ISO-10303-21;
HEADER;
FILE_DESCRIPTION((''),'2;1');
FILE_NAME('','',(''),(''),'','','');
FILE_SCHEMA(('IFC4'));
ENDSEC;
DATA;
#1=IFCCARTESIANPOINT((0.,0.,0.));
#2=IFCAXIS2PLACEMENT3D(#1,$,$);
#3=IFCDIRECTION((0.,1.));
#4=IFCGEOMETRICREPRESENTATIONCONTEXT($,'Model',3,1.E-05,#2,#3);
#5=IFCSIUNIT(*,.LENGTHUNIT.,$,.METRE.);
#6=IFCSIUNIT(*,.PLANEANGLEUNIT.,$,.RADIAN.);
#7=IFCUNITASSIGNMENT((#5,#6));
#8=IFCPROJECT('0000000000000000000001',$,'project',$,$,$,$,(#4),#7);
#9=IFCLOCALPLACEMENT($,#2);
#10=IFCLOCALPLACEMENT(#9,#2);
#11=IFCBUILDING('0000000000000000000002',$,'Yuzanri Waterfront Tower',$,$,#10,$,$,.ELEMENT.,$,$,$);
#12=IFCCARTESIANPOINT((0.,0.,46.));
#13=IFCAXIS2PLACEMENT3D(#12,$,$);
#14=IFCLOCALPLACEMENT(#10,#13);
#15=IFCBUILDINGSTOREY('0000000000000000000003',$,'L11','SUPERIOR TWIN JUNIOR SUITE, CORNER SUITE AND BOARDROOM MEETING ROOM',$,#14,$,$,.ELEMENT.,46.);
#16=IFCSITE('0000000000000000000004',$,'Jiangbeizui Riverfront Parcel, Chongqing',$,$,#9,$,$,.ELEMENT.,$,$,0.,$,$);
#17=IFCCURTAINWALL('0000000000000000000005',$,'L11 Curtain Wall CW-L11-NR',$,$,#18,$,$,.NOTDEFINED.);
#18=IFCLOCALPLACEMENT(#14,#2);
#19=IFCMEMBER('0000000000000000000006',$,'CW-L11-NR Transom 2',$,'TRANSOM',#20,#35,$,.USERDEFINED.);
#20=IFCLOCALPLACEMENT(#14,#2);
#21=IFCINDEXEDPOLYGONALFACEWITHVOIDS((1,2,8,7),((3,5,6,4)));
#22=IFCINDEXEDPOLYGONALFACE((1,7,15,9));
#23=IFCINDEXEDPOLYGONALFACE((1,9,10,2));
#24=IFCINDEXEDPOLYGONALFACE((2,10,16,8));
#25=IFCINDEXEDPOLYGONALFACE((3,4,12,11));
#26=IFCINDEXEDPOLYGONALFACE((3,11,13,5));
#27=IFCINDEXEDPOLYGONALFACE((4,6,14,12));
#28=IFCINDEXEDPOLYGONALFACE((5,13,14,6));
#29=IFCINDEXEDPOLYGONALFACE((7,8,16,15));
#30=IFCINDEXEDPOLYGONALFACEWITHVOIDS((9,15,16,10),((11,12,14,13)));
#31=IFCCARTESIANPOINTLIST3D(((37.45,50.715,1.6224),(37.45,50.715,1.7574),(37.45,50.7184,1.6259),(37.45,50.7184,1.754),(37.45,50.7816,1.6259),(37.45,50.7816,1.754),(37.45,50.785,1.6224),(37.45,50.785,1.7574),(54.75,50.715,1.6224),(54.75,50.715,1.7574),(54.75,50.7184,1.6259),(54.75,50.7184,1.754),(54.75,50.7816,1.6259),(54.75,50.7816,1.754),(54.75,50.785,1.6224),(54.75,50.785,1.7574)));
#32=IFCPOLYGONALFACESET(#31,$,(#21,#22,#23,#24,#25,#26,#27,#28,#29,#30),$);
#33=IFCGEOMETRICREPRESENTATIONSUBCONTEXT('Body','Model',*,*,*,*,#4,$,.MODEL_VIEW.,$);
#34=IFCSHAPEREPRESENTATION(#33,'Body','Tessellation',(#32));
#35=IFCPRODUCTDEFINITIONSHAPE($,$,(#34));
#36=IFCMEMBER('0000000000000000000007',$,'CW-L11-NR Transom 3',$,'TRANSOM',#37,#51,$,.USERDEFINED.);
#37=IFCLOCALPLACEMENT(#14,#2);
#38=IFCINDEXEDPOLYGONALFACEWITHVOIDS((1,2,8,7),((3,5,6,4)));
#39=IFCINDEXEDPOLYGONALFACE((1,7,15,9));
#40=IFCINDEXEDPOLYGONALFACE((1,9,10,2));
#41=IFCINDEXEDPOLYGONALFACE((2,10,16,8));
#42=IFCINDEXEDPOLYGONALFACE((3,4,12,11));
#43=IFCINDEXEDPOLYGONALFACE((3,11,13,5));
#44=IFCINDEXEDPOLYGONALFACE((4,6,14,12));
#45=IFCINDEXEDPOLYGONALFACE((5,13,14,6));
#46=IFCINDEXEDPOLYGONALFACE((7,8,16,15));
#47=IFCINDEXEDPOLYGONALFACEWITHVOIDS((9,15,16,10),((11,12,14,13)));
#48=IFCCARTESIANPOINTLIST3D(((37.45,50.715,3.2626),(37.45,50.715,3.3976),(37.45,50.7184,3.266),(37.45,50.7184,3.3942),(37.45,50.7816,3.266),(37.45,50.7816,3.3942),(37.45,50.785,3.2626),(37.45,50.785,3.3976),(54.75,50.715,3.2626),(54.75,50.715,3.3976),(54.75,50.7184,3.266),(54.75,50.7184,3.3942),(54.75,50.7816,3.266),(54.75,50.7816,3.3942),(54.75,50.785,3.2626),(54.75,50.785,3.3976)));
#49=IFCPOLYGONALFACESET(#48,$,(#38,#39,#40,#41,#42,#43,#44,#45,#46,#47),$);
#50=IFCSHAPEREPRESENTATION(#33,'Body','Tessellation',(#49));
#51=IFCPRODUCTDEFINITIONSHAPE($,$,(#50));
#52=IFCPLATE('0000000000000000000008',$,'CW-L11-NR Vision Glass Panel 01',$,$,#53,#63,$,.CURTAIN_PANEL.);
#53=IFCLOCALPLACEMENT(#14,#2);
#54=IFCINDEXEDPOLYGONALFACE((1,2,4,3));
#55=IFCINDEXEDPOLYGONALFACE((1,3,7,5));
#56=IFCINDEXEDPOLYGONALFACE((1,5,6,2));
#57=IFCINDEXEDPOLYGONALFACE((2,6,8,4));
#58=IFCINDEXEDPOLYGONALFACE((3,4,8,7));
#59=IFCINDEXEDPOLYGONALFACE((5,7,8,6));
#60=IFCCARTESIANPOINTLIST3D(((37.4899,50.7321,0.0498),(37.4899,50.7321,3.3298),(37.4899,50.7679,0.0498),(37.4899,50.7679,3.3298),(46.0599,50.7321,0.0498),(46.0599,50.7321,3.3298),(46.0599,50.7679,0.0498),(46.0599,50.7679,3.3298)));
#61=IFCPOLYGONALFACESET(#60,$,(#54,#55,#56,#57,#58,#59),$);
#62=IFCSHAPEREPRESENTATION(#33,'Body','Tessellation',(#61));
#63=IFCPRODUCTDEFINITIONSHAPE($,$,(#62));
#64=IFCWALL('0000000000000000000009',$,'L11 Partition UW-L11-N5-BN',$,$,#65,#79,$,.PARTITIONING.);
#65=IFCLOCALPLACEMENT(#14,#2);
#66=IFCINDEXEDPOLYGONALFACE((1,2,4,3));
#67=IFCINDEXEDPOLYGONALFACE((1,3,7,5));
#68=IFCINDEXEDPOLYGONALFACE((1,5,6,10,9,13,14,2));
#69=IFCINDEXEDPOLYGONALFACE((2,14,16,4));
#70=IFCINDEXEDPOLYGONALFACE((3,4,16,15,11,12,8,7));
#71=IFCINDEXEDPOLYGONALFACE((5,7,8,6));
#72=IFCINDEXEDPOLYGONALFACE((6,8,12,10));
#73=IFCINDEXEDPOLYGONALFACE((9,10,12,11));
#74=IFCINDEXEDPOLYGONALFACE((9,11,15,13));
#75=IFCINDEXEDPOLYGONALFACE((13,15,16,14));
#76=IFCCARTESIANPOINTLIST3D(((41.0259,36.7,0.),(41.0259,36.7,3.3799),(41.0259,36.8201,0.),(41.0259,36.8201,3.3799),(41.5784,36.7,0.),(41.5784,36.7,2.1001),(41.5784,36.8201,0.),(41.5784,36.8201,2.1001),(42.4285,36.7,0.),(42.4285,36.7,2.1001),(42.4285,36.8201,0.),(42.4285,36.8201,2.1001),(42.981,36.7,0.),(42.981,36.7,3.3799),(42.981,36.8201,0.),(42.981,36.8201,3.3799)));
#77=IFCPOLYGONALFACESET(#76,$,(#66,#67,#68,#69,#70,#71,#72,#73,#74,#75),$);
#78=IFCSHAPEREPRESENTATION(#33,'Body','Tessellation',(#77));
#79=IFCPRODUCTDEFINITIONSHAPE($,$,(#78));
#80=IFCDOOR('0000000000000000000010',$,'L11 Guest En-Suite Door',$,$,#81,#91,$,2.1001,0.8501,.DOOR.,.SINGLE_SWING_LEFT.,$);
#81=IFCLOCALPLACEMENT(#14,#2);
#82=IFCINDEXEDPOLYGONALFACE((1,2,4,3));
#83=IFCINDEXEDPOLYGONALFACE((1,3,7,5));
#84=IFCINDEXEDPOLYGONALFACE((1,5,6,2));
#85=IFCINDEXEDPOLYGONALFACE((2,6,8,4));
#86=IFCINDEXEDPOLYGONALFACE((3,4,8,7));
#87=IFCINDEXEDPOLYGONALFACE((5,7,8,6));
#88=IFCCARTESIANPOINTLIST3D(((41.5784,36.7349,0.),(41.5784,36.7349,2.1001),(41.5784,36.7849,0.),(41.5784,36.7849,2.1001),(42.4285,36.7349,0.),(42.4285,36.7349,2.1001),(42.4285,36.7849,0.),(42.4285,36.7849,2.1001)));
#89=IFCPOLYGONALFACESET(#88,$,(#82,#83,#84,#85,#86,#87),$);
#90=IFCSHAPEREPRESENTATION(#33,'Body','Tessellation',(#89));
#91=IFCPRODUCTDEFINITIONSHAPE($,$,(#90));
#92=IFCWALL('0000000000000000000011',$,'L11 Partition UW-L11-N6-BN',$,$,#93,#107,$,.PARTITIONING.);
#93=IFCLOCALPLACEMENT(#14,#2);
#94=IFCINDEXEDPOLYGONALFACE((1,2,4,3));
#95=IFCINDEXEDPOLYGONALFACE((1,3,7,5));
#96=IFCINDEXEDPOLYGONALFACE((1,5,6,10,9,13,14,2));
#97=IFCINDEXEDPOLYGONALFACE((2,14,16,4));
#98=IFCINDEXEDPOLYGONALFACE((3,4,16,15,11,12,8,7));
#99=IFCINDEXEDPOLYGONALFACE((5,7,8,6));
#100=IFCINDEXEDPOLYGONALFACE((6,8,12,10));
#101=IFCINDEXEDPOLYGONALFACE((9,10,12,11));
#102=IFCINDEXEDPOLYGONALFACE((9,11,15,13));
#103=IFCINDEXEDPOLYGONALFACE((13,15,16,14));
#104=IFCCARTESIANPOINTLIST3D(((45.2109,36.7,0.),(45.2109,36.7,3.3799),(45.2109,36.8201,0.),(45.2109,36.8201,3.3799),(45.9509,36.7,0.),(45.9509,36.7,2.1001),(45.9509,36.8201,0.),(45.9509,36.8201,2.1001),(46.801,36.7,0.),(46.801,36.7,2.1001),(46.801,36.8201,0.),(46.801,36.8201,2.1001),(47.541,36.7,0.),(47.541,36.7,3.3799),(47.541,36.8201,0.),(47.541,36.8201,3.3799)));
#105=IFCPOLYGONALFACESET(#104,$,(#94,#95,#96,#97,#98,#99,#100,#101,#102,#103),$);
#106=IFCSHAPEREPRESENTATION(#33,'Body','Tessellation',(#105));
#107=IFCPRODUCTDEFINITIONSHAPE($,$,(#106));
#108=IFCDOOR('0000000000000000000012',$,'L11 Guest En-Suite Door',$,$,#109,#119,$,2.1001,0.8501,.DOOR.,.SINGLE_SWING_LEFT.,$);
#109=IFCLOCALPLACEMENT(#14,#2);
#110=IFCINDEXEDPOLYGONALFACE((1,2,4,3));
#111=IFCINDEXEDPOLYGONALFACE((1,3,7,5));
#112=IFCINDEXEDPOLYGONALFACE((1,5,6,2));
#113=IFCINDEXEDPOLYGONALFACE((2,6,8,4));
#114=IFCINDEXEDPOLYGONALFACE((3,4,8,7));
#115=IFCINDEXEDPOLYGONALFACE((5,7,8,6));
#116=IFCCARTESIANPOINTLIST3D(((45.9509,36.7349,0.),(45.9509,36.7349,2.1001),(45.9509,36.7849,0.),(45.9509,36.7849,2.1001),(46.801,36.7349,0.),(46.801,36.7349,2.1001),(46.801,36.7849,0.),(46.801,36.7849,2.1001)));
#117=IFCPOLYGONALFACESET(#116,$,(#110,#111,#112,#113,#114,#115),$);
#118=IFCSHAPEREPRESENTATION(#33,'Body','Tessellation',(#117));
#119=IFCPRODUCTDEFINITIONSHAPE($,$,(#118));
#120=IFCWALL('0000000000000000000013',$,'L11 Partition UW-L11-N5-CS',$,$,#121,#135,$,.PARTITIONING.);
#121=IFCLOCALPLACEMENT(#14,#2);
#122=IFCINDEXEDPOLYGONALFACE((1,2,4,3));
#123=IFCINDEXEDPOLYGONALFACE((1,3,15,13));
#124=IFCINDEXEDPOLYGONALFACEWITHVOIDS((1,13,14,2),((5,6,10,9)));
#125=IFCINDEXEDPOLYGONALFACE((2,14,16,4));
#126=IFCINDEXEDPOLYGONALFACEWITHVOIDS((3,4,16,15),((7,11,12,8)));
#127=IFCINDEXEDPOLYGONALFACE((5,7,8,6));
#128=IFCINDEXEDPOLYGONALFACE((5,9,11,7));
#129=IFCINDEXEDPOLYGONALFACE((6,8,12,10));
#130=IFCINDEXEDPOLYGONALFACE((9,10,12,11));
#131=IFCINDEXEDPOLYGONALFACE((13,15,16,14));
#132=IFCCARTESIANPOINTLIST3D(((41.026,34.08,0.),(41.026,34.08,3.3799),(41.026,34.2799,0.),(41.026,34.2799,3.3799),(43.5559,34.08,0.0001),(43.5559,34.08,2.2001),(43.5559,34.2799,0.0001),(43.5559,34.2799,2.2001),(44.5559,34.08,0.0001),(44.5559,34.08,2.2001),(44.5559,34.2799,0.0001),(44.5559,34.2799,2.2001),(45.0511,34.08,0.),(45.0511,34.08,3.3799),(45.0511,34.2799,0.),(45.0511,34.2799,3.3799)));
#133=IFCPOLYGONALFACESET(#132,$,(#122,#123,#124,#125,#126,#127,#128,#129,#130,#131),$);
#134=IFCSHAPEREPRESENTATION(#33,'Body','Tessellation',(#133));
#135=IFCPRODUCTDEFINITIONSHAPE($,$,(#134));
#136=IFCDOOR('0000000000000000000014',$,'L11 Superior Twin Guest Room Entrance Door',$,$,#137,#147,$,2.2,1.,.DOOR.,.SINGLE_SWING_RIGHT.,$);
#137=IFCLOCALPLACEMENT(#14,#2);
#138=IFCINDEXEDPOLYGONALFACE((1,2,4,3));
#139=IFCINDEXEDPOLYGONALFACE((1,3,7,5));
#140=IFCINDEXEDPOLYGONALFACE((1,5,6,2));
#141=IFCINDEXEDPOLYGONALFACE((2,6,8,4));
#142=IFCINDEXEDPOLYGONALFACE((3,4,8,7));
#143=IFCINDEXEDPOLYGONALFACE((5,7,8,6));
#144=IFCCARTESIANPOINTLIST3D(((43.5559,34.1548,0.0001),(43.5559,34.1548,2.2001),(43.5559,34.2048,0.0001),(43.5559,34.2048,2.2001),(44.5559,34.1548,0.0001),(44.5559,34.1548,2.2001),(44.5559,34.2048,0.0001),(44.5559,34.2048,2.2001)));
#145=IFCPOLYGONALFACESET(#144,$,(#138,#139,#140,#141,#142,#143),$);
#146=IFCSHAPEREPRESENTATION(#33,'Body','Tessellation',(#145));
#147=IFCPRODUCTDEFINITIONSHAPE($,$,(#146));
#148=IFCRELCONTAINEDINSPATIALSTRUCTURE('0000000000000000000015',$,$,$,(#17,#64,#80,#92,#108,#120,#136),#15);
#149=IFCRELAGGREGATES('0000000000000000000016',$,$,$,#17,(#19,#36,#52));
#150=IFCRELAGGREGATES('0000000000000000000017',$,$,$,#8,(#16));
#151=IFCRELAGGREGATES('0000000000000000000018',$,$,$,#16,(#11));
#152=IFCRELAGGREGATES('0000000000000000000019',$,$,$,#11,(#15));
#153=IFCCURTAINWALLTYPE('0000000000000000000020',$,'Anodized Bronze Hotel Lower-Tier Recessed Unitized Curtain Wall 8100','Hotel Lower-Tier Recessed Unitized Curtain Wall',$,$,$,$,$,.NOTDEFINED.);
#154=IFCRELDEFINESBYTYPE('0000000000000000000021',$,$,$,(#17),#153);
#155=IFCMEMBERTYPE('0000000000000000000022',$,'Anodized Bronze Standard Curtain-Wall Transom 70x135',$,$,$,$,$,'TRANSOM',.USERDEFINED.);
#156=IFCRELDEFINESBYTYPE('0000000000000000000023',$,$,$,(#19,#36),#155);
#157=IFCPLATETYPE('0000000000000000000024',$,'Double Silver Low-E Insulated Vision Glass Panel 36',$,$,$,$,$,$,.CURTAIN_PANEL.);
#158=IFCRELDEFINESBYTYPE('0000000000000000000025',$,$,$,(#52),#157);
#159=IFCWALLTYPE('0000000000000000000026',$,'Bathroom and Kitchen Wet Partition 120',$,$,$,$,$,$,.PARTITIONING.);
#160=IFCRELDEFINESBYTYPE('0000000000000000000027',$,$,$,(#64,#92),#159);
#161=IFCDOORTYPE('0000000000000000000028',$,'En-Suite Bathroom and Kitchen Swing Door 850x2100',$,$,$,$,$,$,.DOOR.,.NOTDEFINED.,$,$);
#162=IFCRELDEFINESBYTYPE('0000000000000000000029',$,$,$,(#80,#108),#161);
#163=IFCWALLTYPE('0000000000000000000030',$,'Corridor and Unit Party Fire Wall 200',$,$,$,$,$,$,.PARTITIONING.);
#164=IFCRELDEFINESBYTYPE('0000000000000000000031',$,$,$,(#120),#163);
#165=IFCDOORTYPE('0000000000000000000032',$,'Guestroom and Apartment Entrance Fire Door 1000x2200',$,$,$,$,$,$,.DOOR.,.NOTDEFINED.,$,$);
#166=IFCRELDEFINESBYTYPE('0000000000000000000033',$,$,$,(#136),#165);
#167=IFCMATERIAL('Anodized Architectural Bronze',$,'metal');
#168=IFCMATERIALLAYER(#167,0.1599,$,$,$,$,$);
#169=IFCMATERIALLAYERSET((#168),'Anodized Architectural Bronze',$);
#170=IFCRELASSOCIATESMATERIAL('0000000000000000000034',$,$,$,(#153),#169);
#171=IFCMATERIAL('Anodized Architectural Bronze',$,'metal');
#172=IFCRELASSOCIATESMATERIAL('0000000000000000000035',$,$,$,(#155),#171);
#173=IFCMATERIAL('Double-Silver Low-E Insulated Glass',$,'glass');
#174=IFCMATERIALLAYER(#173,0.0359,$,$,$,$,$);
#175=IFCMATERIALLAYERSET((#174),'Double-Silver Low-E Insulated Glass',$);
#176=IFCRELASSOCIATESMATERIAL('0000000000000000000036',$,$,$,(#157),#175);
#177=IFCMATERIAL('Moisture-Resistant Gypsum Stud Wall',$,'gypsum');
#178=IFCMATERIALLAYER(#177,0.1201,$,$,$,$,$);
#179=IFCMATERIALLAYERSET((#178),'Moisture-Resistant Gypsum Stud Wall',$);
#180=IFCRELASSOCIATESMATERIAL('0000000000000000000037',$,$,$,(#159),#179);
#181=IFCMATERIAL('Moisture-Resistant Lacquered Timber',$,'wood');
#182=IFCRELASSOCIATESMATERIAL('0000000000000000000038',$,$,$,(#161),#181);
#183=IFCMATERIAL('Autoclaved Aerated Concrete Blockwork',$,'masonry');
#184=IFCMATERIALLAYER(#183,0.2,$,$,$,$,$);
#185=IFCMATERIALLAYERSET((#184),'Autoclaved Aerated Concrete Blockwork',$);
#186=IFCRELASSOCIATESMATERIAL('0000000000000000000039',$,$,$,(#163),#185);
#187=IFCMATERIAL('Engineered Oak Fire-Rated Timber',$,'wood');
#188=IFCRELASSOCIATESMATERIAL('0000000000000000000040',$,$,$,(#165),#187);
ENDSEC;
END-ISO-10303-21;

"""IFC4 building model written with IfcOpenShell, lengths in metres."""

from ifc_helpers import new_model, si_unit, direction, frame, frame_2d, origin, origin_2d, place, context, subcontext, project, spatial, rectangle, hollow_rectangle, extrude, source, transform, mapped, material, layer, layer_set, material_profile, profile_set, type_object, element, fill, aggregate, save


model = new_model("IFC4")

# Units and contexts
model_context = context("Model", 3, precision=1e-05, world=origin(), true_north=direction((0.0, 1.0)))
body_context = subcontext(model_context, "Body", "Model", "MODEL_VIEW")
ifc_project = project(units=[si_unit("LENGTHUNIT", "METRE"), si_unit("PLANEANGLEUNIT", "RADIAN")], contexts=[model_context])

# Site, building, storey
site_placement = place(None, origin())
site = spatial("IfcSite", under=ifc_project, at=site_placement, Name="Jiangbeizui Riverfront Parcel, Chongqing", CompositionType="ELEMENT", RefElevation=0.0)
building_placement = place(site_placement, origin())
building = spatial("IfcBuilding", under=site, at=building_placement, Name="Yuzanri Waterfront Tower", CompositionType="ELEMENT")
storey_placement = place(building_placement, frame((0.0, 0.0, 46.0)))
storey = spatial("IfcBuildingStorey", under=building, at=storey_placement, Name="L11", Description="SUPERIOR TWIN JUNIOR SUITE, CORNER SUITE AND BOARDROOM MEETING ROOM", CompositionType="ELEMENT", Elevation=46.0)

# Shared definitions
ifc_material_1 = material(Name="Anodized Architectural Bronze", Category="metal")
ifc_layer_1 = layer(ifc_material_1, 0.1599)
ifc_layer_set_1 = layer_set([ifc_layer_1], Name="Anodized Architectural Bronze")
curtain_wall_type = type_object("IfcCurtainWallType", Name="Anodized Bronze Hotel Lower-Tier Recessed Unitized Curtain Wall 8100", Description="Hotel Lower-Tier Recessed Unitized Curtain Wall", PredefinedType="NOTDEFINED", material=ifc_layer_set_1)

# Curtain wall, members, plate
curtain_wall_1_placement = place(storey_placement, origin())
curtain_wall_1 = element("IfcCurtainWall", 1, at=curtain_wall_1_placement, inside=storey, type_object=curtain_wall_type, Name="L11 Curtain Wall CW-L11-NR", PredefinedType="NOTDEFINED")
ifc_material_2 = material(Name="Anodized Architectural Bronze", Category="metal")
ifc_material_profile_1 = material_profile(ifc_material_2, hollow_rectangle(XDim=0.0701, YDim=0.135, WallThickness=0.0034, at=origin_2d()), Name="CWT 70x135")
ifc_profile_set_1 = profile_set([ifc_material_profile_1], Name="Anodized Architectural Bronze")
member_type_1 = type_object("IfcMemberType", Name="Anodized Bronze Standard Curtain-Wall Transom 70x135", ElementType="TRANSOM", PredefinedType="USERDEFINED", material=ifc_profile_set_1)
shared_shape_1 = source(origin(), body_context, "Body", "SweptSolid", [
    extrude(hollow_rectangle(XDim=0.0701, YDim=0.135, WallThickness=0.0034, at=origin_2d()), origin(), (0.0, 0.0, 1.0), 17.3),
])
member_1_placement = place(storey_placement, frame((37.45, 50.75, 1.6899), z_axis=(1.0, 0.0, 0.0), x_axis=(0.0, 1.0, 0.0)))
member_1 = element("IfcMember", 2, at=member_1_placement, type_object=member_type_1, Name="CW-L11-NR Transom 2", ObjectType="TRANSOM", PredefinedType="USERDEFINED", context=body_context, shape_type="MappedRepresentation", body=[
    mapped(shared_shape_1, transform((0.0, 0.0, 0.0), scale=1.0)),
])
member_2_placement = place(storey_placement, frame((37.45, 50.75, 3.3301), z_axis=(1.0, 0.0, 0.0), x_axis=(0.0, 1.0, 0.0)))
member_2 = element("IfcMember", 3, at=member_2_placement, type_object=member_type_1, Name="CW-L11-NR Transom 3", ObjectType="TRANSOM", PredefinedType="USERDEFINED", context=body_context, shape_type="MappedRepresentation", body=[
    mapped(shared_shape_1, transform((0.0, 0.0, 0.0), scale=1.0)),
])
ifc_material_3 = material(Name="Double-Silver Low-E Insulated Glass", Category="glass")
ifc_layer_2 = layer(ifc_material_3, 0.0359)
ifc_layer_set_2 = layer_set([ifc_layer_2], Name="Double-Silver Low-E Insulated Glass")
plate_type = type_object("IfcPlateType", Name="Double Silver Low-E Insulated Vision Glass Panel 36", PredefinedType="CURTAIN_PANEL", material=ifc_layer_set_2)
shared_shape_2 = source(origin(), body_context, "Body", "SweptSolid", [
    extrude(rectangle(XDim=8.5701, YDim=0.0359, at=origin_2d()), origin(), (0.0, 0.0, 1.0), 3.28),
])
plate_placement = place(storey_placement, frame((41.7749, 50.75, 0.0498), z_axis=(0.0, 0.0, 1.0), x_axis=(1.0, 0.0, 0.0)))
plate = element("IfcPlate", 4, at=plate_placement, type_object=plate_type, Name="CW-L11-NR Vision Glass Panel 01", PredefinedType="CURTAIN_PANEL", context=body_context, shape_type="MappedRepresentation", body=[
    mapped(shared_shape_2, transform((0.0, 0.0, 0.0), scale=1.0)),
])
aggregate(curtain_wall_1, [member_1, member_2, plate])

# Walls, openings, doors
ifc_material_4 = material(Name="Moisture-Resistant Gypsum Stud Wall", Category="gypsum")
ifc_layer_3 = layer(ifc_material_4, 0.1201)
ifc_layer_set_3 = layer_set([ifc_layer_3], Name="Moisture-Resistant Gypsum Stud Wall")
wall_type_1 = type_object("IfcWallType", Name="Bathroom and Kitchen Wet Partition 120", PredefinedType="PARTITIONING", material=ifc_layer_set_3)
wall_1_placement = place(storey_placement, frame((41.0259, 36.76, 0.0), z_axis=(0.0, 0.0, 1.0), x_axis=(1.0, 0.0, 0.0)))
wall_1 = element("IfcWall", 5, at=wall_1_placement, inside=storey, type_object=wall_type_1, Name="L11 Partition UW-L11-N5-BN", PredefinedType="PARTITIONING", context=body_context, shape_type="SweptSolid", body=[
    extrude(rectangle(XDim=1.9551, YDim=0.1201, at=frame_2d((0.9775, 0.0))), origin(), (0.0, 0.0, 1.0), 3.3799),
])
opening_1_placement = place(wall_1_placement, frame((0.5525, 0.0, 0.0)))
opening_1 = element("IfcOpeningElement", 6, at=opening_1_placement, cuts=wall_1, PredefinedType="OPENING", context=body_context, shape_type="SweptSolid", body=[
    extrude(rectangle(XDim=0.8501, YDim=2.1001, at=frame_2d((0.425, 1.05))), frame((0.0, 0.075, 0.0), z_axis=(0.0, -1.0, 0.0), x_axis=(1.0, 0.0, 0.0)), (0.0, 0.0, 1.0), 0.1499),
])
ifc_material_5 = material(Name="Moisture-Resistant Lacquered Timber", Category="wood")
door_type_1 = type_object("IfcDoorType", Name="En-Suite Bathroom and Kitchen Swing Door 850x2100", OperationType="NOTDEFINED", PredefinedType="DOOR", material=ifc_material_5)
shared_shape_3 = source(origin(), body_context, "Body", "SweptSolid", [
    extrude(rectangle(XDim=0.8501, YDim=2.1001, at=frame_2d((0.425, 1.05))), frame((0.0, 0.0249, 0.0), z_axis=(0.0, -1.0, 0.0), x_axis=(1.0, 0.0, 0.0)), (0.0, 0.0, 1.0), 0.05),
])
door_1_placement = place(opening_1_placement, origin())
door_1 = element("IfcDoor", 7, at=door_1_placement, inside=storey, type_object=door_type_1, Name="L11 Guest En-Suite Door", OperationType="SINGLE_SWING_LEFT", OverallHeight=2.1001, OverallWidth=0.8501, PredefinedType="DOOR", context=body_context, shape_type="MappedRepresentation", body=[
    mapped(shared_shape_3, transform((0.0, 0.0, 0.0), scale=1.0)),
])
fill(opening_1, door_1)
wall_2_placement = place(storey_placement, frame((45.2109, 36.76, 0.0), z_axis=(0.0, 0.0, 1.0), x_axis=(1.0, 0.0, 0.0)))
wall_2 = element("IfcWall", 8, at=wall_2_placement, inside=storey, type_object=wall_type_1, Name="L11 Partition UW-L11-N6-BN", PredefinedType="PARTITIONING", context=body_context, shape_type="SweptSolid", body=[
    extrude(rectangle(XDim=2.3301, YDim=0.1201, at=frame_2d((1.165, 0.0))), origin(), (0.0, 0.0, 1.0), 3.3799),
])
opening_2_placement = place(wall_2_placement, frame((0.74, 0.0, 0.0)))
opening_2 = element("IfcOpeningElement", 9, at=opening_2_placement, cuts=wall_2, PredefinedType="OPENING", context=body_context, shape_type="SweptSolid", body=[
    extrude(rectangle(XDim=0.8501, YDim=2.1001, at=frame_2d((0.425, 1.05))), frame((0.0, 0.075, 0.0), z_axis=(0.0, -1.0, 0.0), x_axis=(1.0, 0.0, 0.0)), (0.0, 0.0, 1.0), 0.1499),
])
door_2_placement = place(opening_2_placement, origin())
door_2 = element("IfcDoor", 10, at=door_2_placement, inside=storey, type_object=door_type_1, Name="L11 Guest En-Suite Door", OperationType="SINGLE_SWING_LEFT", OverallHeight=2.1001, OverallWidth=0.8501, PredefinedType="DOOR", context=body_context, shape_type="MappedRepresentation", body=[
    mapped(shared_shape_3, transform((0.0, 0.0, 0.0), scale=1.0)),
])
fill(opening_2, door_2)
ifc_material_6 = material(Name="Autoclaved Aerated Concrete Blockwork", Category="masonry")
ifc_layer_4 = layer(ifc_material_6, 0.2)
ifc_layer_set_4 = layer_set([ifc_layer_4], Name="Autoclaved Aerated Concrete Blockwork")
wall_type_2 = type_object("IfcWallType", Name="Corridor and Unit Party Fire Wall 200", PredefinedType="PARTITIONING", material=ifc_layer_set_4)
wall_3_placement = place(storey_placement, frame((41.0259, 34.1799, 0.0), z_axis=(0.0, 0.0, 1.0), x_axis=(1.0, 0.0, 0.0)))
wall_3 = element("IfcWall", 11, at=wall_3_placement, inside=storey, type_object=wall_type_2, Name="L11 Partition UW-L11-N5-CS", PredefinedType="PARTITIONING", context=body_context, shape_type="SweptSolid", body=[
    extrude(rectangle(XDim=4.0251, YDim=0.2, at=frame_2d((2.0127, 0.0))), origin(), (0.0, 0.0, 1.0), 3.3799),
])
opening_3_placement = place(wall_3_placement, frame((2.53, 0.0, 0.0)))
opening_3 = element("IfcOpeningElement", 12, at=opening_3_placement, cuts=wall_3, PredefinedType="OPENING", context=body_context, shape_type="SweptSolid", body=[
    extrude(rectangle(XDim=1.0, YDim=2.2, at=frame_2d((0.5, 1.1001))), frame((0.0, 0.1147, 0.0), z_axis=(0.0, -1.0, 0.0), x_axis=(1.0, 0.0, 0.0)), (0.0, 0.0, 1.0), 0.2297),
])
ifc_material_7 = material(Name="Engineered Oak Fire-Rated Timber", Category="wood")
door_type_2 = type_object("IfcDoorType", Name="Guestroom and Apartment Entrance Fire Door 1000x2200", OperationType="NOTDEFINED", PredefinedType="DOOR", material=ifc_material_7)
shared_shape_4 = source(origin(), body_context, "Body", "SweptSolid", [
    extrude(rectangle(XDim=1.0, YDim=2.2, at=frame_2d((0.5, 1.1001))), frame((0.0, 0.0249, 0.0), z_axis=(0.0, -1.0, 0.0), x_axis=(1.0, 0.0, 0.0)), (0.0, 0.0, 1.0), 0.05),
])
door_3_placement = place(opening_3_placement, origin())
door_3 = element("IfcDoor", 13, at=door_3_placement, inside=storey, type_object=door_type_2, Name="L11 Superior Twin Guest Room Entrance Door", OperationType="SINGLE_SWING_RIGHT", OverallHeight=2.2, OverallWidth=1.0, PredefinedType="DOOR", context=body_context, shape_type="MappedRepresentation", body=[
    mapped(shared_shape_4, transform((0.0, 0.0, 0.0), scale=1.0)),
])
fill(opening_3, door_3)

save(model, "model.ifc")
